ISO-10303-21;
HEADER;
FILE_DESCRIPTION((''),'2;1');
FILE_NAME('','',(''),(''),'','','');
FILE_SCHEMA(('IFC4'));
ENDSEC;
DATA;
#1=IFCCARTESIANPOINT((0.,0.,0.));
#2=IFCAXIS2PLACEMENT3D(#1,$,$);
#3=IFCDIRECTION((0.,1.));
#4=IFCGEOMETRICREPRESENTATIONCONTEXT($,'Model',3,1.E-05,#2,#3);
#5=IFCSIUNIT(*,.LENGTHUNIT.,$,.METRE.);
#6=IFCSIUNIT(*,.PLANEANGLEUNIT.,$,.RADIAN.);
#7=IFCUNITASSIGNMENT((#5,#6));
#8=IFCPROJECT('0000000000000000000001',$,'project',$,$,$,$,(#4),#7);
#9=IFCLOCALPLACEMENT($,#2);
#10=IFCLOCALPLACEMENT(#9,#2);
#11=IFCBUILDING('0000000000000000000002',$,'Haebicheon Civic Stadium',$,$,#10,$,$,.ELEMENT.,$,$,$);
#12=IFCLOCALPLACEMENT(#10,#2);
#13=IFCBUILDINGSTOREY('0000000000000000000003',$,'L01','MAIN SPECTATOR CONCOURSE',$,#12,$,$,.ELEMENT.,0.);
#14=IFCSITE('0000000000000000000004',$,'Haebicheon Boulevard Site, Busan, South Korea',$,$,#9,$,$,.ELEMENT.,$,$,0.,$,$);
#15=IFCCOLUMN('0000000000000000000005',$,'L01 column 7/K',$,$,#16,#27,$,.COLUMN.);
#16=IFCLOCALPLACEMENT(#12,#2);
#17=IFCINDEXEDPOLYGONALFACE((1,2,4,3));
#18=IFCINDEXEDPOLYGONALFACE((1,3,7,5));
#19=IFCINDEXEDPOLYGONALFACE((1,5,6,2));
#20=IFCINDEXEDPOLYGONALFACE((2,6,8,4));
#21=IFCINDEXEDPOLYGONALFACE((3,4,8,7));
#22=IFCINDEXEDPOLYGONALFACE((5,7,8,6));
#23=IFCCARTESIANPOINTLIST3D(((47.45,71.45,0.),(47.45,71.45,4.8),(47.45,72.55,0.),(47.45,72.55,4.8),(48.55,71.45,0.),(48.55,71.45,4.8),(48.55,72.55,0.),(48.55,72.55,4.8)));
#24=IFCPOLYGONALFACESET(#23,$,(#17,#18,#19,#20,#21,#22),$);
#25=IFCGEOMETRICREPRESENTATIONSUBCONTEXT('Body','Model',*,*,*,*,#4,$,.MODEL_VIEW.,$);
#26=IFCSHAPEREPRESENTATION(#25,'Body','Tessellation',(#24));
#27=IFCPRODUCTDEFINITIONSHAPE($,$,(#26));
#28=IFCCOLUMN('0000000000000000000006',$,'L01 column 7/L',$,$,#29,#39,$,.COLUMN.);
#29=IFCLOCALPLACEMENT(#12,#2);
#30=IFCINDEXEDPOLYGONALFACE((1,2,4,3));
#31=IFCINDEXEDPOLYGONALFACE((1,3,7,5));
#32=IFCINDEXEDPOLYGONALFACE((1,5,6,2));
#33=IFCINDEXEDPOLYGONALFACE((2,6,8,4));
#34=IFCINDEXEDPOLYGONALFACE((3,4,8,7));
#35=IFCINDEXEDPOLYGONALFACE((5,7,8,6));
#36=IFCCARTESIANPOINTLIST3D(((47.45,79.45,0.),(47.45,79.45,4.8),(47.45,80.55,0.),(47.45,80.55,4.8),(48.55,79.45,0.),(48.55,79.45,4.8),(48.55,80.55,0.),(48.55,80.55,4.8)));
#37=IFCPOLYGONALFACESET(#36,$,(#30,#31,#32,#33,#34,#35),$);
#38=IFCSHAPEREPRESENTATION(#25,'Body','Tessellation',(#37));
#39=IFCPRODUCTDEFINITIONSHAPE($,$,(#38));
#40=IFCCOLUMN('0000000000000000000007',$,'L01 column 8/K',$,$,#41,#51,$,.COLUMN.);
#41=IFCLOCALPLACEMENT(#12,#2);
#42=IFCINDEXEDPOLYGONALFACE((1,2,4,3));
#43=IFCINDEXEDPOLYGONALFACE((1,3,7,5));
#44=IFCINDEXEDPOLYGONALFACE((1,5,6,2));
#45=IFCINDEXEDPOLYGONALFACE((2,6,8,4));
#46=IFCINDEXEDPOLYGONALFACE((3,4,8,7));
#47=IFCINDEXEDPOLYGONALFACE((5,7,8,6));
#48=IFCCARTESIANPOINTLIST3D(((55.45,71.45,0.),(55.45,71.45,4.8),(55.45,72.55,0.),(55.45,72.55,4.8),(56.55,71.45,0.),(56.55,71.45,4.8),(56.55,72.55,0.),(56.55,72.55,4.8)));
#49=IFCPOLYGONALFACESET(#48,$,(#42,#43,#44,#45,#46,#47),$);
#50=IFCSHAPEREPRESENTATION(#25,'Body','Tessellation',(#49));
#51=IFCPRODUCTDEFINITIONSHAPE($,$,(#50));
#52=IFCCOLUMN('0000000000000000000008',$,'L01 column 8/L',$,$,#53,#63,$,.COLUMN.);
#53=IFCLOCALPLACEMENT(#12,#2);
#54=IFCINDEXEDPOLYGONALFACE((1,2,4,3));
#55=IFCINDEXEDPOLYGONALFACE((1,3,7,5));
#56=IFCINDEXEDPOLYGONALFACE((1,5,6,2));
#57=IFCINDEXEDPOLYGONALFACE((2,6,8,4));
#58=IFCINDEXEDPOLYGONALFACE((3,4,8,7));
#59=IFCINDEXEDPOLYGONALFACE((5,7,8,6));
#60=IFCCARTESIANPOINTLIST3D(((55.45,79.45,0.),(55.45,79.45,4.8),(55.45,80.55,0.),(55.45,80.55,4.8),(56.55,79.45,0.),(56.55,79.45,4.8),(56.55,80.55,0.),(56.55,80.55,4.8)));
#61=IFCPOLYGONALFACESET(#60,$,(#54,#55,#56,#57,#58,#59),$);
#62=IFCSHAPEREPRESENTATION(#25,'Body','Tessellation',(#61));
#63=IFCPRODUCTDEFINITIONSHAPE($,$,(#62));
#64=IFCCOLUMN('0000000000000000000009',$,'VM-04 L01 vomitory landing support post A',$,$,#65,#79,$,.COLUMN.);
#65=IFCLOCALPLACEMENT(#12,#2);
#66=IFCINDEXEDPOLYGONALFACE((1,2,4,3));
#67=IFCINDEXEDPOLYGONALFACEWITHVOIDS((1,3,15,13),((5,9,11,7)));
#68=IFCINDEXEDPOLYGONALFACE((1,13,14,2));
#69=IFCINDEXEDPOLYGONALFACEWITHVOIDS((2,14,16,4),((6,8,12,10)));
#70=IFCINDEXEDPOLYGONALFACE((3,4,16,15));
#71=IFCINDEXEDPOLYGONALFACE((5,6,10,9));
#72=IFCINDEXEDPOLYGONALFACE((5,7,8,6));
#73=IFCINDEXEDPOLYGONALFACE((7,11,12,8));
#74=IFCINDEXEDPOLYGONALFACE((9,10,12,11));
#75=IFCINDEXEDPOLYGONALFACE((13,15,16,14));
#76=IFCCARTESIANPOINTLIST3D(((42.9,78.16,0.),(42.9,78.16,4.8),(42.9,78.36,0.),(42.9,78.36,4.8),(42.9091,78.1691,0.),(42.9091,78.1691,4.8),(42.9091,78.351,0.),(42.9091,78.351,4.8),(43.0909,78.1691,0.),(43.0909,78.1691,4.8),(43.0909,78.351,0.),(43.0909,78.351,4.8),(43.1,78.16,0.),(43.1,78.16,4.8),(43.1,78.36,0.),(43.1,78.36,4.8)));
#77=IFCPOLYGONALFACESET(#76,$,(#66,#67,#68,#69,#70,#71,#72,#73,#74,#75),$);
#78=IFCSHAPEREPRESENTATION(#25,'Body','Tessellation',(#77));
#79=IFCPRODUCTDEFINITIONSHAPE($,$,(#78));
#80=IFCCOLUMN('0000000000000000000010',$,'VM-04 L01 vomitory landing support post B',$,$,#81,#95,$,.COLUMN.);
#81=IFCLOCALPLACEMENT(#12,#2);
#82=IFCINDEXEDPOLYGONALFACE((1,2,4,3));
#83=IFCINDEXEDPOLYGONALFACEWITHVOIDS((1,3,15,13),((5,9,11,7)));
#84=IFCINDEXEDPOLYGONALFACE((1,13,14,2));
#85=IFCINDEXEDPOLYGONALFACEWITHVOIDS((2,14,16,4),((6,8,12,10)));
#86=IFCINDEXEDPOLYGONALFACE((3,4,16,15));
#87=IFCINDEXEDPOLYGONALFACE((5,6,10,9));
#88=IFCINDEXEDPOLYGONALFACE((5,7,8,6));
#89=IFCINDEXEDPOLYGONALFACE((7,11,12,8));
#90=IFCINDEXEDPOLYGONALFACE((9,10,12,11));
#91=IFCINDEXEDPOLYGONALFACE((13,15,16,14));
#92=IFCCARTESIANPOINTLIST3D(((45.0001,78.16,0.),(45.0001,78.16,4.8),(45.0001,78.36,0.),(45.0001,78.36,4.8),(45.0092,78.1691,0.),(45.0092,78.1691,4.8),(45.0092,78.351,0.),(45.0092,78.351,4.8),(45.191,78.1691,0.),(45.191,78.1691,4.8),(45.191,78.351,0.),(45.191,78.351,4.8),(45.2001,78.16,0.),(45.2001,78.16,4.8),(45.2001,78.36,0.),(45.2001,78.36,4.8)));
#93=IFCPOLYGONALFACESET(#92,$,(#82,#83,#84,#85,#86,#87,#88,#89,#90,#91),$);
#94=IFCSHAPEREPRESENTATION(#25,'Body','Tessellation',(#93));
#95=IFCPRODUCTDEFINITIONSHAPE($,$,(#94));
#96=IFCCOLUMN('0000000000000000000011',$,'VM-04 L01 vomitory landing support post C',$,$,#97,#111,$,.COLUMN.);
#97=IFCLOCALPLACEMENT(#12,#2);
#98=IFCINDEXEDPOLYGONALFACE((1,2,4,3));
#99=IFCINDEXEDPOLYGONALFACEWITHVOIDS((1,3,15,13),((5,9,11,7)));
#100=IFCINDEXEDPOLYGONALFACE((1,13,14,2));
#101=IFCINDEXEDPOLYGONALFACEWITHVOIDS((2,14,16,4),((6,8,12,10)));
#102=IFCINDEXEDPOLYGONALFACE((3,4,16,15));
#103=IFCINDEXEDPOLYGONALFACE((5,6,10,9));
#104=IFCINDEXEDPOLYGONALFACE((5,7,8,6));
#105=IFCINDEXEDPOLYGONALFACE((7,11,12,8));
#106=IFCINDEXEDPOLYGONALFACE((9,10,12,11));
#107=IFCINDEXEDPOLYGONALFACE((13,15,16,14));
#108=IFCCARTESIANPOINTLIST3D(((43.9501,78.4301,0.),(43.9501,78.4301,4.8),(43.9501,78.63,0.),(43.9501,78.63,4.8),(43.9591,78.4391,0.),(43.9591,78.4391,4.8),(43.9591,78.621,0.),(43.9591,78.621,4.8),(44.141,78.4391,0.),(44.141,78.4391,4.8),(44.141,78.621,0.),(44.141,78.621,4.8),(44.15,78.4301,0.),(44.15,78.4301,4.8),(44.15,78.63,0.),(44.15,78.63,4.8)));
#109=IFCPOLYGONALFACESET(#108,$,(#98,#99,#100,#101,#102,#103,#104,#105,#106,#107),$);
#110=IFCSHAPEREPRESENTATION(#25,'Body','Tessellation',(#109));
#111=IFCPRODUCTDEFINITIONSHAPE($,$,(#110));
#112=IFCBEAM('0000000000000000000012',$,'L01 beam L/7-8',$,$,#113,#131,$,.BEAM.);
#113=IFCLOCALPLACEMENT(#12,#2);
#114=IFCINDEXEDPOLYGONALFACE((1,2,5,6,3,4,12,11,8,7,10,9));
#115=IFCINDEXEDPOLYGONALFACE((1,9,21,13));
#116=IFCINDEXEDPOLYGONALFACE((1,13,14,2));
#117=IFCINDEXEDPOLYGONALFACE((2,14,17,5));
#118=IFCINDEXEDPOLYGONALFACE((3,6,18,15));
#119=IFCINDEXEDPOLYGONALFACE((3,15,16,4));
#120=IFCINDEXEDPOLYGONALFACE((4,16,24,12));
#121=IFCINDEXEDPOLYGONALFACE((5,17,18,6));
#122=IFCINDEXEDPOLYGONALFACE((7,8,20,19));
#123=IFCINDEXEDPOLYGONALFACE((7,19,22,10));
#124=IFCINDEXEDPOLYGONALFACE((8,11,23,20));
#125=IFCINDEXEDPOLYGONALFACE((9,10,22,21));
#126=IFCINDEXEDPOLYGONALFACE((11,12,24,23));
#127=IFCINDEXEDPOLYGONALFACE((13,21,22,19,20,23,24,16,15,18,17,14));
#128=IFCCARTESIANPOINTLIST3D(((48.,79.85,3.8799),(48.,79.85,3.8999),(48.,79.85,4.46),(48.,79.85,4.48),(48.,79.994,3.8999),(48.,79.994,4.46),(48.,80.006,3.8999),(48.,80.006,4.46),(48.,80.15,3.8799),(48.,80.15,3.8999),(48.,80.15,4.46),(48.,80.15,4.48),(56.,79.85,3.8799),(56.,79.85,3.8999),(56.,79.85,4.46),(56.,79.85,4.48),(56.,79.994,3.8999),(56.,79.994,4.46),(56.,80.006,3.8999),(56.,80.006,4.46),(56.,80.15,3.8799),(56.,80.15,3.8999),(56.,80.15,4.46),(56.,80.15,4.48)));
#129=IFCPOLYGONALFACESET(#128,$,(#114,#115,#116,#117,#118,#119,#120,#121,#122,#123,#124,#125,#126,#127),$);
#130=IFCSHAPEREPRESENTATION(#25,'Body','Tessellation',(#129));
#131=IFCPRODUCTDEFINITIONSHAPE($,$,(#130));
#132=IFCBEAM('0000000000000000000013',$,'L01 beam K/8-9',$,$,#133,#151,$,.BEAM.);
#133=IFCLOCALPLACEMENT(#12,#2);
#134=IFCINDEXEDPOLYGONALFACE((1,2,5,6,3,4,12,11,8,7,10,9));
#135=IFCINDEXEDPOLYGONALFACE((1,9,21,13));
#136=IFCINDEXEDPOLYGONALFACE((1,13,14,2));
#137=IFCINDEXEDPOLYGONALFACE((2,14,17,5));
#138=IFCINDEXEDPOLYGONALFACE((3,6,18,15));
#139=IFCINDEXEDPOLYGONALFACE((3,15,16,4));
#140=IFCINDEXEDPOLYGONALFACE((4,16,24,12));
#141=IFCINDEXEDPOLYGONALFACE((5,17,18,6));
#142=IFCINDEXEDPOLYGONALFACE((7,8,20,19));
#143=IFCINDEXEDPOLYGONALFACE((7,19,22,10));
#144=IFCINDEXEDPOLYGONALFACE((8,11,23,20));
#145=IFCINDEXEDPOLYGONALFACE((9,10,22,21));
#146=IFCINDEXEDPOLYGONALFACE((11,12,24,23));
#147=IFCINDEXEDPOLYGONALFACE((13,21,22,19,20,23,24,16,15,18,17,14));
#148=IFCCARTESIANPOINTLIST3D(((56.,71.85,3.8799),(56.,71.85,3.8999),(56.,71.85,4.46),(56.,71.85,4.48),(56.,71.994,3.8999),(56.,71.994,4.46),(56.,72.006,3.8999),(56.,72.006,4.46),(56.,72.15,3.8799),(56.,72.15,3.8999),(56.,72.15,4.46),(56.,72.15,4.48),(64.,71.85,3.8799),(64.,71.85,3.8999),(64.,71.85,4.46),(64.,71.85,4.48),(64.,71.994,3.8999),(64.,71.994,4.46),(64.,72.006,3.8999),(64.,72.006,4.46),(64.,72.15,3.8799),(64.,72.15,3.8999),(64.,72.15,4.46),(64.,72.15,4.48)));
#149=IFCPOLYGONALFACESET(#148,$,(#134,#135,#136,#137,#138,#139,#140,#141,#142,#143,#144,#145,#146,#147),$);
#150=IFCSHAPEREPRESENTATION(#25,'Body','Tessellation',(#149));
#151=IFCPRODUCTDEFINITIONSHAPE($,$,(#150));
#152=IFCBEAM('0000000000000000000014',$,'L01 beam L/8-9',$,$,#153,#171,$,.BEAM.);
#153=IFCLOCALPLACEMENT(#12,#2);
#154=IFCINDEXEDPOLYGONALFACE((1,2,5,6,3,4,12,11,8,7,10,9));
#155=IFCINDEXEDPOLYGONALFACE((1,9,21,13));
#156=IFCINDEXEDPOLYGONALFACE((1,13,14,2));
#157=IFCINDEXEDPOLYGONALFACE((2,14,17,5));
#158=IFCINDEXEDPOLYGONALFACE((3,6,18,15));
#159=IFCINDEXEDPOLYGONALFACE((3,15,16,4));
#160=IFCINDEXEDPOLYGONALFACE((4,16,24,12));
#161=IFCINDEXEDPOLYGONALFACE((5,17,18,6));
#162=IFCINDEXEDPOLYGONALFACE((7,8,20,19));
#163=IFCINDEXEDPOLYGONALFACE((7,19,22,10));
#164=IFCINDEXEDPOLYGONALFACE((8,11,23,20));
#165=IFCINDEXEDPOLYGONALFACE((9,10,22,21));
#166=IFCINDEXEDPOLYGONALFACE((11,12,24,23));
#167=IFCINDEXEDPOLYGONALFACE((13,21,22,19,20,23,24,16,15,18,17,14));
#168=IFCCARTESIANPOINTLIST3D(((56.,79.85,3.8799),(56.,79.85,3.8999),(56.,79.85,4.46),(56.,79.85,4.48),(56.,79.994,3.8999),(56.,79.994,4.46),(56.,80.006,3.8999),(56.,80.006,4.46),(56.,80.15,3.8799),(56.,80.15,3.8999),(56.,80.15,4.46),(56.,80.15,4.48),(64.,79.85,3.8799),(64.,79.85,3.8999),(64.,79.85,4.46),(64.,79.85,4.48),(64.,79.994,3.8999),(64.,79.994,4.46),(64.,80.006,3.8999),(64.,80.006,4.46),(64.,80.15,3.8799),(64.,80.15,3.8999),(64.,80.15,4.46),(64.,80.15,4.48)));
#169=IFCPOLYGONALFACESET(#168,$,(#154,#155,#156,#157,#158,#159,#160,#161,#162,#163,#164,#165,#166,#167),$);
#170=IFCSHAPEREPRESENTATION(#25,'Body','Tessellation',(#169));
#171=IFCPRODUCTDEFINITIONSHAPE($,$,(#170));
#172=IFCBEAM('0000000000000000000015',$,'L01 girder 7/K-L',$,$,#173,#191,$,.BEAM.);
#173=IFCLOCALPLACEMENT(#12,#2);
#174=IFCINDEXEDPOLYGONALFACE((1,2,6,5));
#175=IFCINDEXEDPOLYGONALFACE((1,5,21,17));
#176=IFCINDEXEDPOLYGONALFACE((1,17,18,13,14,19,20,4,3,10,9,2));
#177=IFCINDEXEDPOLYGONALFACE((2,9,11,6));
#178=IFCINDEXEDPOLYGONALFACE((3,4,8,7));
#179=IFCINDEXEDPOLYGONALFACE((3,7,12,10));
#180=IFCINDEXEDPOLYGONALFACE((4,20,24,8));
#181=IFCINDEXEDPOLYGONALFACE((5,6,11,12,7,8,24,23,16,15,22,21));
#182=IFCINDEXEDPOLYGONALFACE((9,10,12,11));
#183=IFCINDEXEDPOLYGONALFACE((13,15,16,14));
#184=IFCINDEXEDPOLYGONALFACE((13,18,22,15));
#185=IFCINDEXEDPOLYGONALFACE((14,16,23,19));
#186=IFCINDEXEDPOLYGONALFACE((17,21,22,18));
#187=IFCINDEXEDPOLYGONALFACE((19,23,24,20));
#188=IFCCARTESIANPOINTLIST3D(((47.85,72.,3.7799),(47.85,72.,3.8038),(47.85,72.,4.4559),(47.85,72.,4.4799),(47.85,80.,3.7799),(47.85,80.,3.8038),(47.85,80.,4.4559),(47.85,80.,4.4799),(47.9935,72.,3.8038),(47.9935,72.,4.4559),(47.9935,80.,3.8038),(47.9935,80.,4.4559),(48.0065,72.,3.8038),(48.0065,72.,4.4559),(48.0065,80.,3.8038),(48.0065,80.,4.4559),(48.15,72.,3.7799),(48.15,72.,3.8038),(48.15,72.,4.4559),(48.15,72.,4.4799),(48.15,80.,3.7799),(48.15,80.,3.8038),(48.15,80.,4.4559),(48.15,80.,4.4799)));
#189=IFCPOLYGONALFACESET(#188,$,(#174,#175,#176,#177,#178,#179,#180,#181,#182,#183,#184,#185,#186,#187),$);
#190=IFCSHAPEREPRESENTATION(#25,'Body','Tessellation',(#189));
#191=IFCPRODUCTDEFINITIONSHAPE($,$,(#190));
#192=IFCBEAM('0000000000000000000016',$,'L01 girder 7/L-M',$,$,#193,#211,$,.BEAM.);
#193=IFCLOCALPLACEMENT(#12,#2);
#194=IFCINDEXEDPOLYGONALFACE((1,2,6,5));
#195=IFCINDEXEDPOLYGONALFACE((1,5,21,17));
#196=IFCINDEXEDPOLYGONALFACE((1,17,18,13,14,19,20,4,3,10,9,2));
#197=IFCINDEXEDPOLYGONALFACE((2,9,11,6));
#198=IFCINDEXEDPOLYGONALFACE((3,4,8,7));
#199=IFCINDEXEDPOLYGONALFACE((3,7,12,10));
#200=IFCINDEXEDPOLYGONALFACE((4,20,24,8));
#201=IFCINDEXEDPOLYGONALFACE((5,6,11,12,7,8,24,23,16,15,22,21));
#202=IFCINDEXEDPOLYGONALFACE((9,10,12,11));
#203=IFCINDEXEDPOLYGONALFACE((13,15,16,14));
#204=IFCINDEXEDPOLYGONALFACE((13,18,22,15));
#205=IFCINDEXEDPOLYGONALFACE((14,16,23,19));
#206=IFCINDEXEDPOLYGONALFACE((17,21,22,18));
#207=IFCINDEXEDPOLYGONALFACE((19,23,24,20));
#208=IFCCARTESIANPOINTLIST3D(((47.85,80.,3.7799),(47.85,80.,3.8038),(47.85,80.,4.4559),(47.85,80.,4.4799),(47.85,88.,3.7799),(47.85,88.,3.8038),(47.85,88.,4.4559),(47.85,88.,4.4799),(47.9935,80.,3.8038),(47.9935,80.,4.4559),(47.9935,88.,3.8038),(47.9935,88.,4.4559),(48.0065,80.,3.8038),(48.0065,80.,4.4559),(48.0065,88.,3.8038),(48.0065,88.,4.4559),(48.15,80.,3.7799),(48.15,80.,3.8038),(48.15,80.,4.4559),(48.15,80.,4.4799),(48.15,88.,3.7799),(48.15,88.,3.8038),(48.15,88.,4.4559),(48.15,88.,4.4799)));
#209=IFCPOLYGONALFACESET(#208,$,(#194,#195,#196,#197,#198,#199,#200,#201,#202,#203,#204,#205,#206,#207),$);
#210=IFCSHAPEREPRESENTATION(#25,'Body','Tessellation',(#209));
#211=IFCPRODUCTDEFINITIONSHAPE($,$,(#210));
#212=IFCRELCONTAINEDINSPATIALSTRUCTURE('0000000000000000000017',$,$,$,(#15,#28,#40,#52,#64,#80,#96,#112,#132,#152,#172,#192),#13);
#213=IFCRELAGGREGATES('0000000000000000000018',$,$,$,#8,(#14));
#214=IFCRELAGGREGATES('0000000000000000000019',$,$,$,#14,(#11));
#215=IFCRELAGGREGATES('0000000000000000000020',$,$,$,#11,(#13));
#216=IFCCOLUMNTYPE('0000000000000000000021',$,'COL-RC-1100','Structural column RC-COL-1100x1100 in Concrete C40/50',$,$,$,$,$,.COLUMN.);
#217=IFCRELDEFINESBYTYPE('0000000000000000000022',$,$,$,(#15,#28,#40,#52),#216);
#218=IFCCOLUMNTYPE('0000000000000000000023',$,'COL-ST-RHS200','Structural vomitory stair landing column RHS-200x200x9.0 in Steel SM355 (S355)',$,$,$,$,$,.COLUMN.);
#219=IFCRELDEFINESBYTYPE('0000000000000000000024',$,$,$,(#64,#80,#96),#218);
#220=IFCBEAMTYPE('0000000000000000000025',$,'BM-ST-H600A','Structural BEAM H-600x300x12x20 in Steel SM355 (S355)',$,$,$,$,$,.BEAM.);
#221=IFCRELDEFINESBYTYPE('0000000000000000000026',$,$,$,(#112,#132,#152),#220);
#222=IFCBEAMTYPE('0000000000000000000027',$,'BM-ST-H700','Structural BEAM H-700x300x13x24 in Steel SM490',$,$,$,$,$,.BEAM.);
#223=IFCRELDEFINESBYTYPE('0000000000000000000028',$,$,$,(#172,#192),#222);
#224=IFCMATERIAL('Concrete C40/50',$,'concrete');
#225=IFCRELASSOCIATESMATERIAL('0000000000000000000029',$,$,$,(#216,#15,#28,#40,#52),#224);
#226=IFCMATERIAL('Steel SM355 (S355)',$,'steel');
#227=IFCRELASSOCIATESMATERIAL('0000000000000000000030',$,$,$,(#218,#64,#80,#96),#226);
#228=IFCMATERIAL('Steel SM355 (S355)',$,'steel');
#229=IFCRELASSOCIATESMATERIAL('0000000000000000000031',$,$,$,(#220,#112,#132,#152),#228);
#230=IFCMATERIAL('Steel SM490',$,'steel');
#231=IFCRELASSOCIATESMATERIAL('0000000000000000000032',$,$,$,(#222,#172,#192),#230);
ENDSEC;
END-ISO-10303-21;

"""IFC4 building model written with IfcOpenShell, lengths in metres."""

from ifc_helpers import new_model, si_unit, direction, frame, origin, origin_2d, place, context, subcontext, project, spatial, rectangle, hollow_rectangle, i_section, extrude, material, material_profile, profile_set, type_object, element, save


model = new_model("IFC4")

# Units and contexts
model_context = context("Model", 3, precision=1e-05, world=origin(), true_north=direction((0.0, 1.0)))
body_context = subcontext(model_context, "Body", "Model", "MODEL_VIEW")
ifc_project = project(units=[si_unit("LENGTHUNIT", "METRE"), si_unit("PLANEANGLEUNIT", "RADIAN")], contexts=[model_context])

# Site, building, storey
site_placement = place(None, origin())
site = spatial("IfcSite", under=ifc_project, at=site_placement, Name="Haebicheon Boulevard Site, Busan, South Korea", CompositionType="ELEMENT", RefElevation=0.0)
building_placement = place(site_placement, origin())
building = spatial("IfcBuilding", under=site, at=building_placement, Name="Haebicheon Civic Stadium", CompositionType="ELEMENT")
storey_placement = place(building_placement, origin())
storey = spatial("IfcBuildingStorey", under=building, at=storey_placement, Name="L01", Description="MAIN SPECTATOR CONCOURSE", CompositionType="ELEMENT", Elevation=0.0)

# Columns
ifc_material_1 = material(Name="Concrete C40/50", Category="concrete")
ifc_material_profile_1 = material_profile(ifc_material_1, rectangle(XDim=1.1001, YDim=1.1001, at=origin_2d()), Name="RC-COL-1100x1100")
ifc_profile_set_1 = profile_set([ifc_material_profile_1], Name="Concrete C40/50")
column_type_1 = type_object("IfcColumnType", Name="COL-RC-1100", Description="Structural column RC-COL-1100x1100 in Concrete C40/50", PredefinedType="COLUMN", material=ifc_profile_set_1)
for number, where, z_axis, x_axis, name in (
    (1, (48.0, 72.0, 0.0), (0.0, 0.0, 1.0), (1.0, 0.0, 0.0), "L01 column 7/K"),
    (2, (48.0, 80.0, 0.0), (0.0, 0.0, 1.0), (1.0, 0.0, 0.0), "L01 column 7/L"),
    (3, (56.0, 72.0, 0.0), (0.0, 0.0, 1.0), (1.0, 0.0, 0.0), "L01 column 8/K"),
    (4, (56.0, 80.0, 0.0), (0.0, 0.0, 1.0), (1.0, 0.0, 0.0), "L01 column 8/L"),
):
    element("IfcColumn", number, at=place(storey_placement, frame(where, z_axis=z_axis, x_axis=x_axis)), inside=storey, type_object=column_type_1, material=ifc_profile_set_1, Name=name, PredefinedType="COLUMN", context=body_context, shape_type="SweptSolid", body=[
        extrude(rectangle(XDim=1.1001, YDim=1.1001, at=origin_2d()), origin(), (0.0, 0.0, 1.0), 4.8),
    ])
ifc_material_2 = material(Name="Steel SM355 (S355)", Category="steel")
ifc_material_profile_2 = material_profile(ifc_material_2, hollow_rectangle(XDim=0.2, YDim=0.2, WallThickness=0.009, at=origin_2d()), Name="RHS-200x200x9.0")
ifc_profile_set_2 = profile_set([ifc_material_profile_2], Name="Steel SM355 (S355)")
column_type_2 = type_object("IfcColumnType", Name="COL-ST-RHS200", Description="Structural vomitory stair landing column RHS-200x200x9.0 in Steel SM355 (S355)", PredefinedType="COLUMN", material=ifc_profile_set_2)
for number, where, z_axis, x_axis, name in (
    (5, (43.0, 78.26, 0.0), (0.0, 0.0, 1.0), (1.0, 0.0, 0.0), "VM-04 L01 vomitory landing support post A"),
    (6, (45.1001, 78.26, 0.0), (0.0, 0.0, 1.0), (1.0, 0.0, 0.0), "VM-04 L01 vomitory landing support post B"),
    (7, (44.05, 78.53, 0.0), (0.0, 0.0, 1.0), (1.0, 0.0, 0.0), "VM-04 L01 vomitory landing support post C"),
):
    element("IfcColumn", number, at=place(storey_placement, frame(where, z_axis=z_axis, x_axis=x_axis)), inside=storey, type_object=column_type_2, material=ifc_profile_set_2, Name=name, PredefinedType="COLUMN", context=body_context, shape_type="SweptSolid", body=[
        extrude(hollow_rectangle(XDim=0.2, YDim=0.2, WallThickness=0.009, at=origin_2d()), origin(), (0.0, 0.0, 1.0), 4.8),
    ])

# Beams
ifc_material_3 = material(Name="Steel SM355 (S355)", Category="steel")
ifc_material_profile_3 = material_profile(ifc_material_3, i_section(OverallWidth=0.3, OverallDepth=0.6001, WebThickness=0.012, FlangeThickness=0.02, at=origin_2d()), Name="H-600x300x12x20")
ifc_profile_set_3 = profile_set([ifc_material_profile_3], Name="Steel SM355 (S355)")
beam_type_1 = type_object("IfcBeamType", Name="BM-ST-H600A", Description="Structural BEAM H-600x300x12x20 in Steel SM355 (S355)", PredefinedType="BEAM", material=ifc_profile_set_3)
for number, where, z_axis, x_axis, name in (
    (8, (48.0, 80.0, 4.1799), (1.0, 0.0, 0.0), (0.0, 1.0, 0.0), "L01 beam L/7-8"),
    (9, (56.0, 72.0, 4.1799), (1.0, 0.0, 0.0), (0.0, 1.0, 0.0), "L01 beam K/8-9"),
    (10, (56.0, 80.0, 4.1799), (1.0, 0.0, 0.0), (0.0, 1.0, 0.0), "L01 beam L/8-9"),
):
    element("IfcBeam", number, at=place(storey_placement, frame(where, z_axis=z_axis, x_axis=x_axis)), inside=storey, type_object=beam_type_1, material=ifc_profile_set_3, Name=name, PredefinedType="BEAM", context=body_context, shape_type="SweptSolid", body=[
        extrude(i_section(OverallWidth=0.3, OverallDepth=0.6001, WebThickness=0.012, FlangeThickness=0.02, at=origin_2d()), origin(), (0.0, 0.0, 1.0), 8.0),
    ])
ifc_material_4 = material(Name="Steel SM490", Category="steel")
ifc_material_profile_4 = material_profile(ifc_material_4, i_section(OverallWidth=0.3, OverallDepth=0.7, WebThickness=0.0129, FlangeThickness=0.0239, at=origin_2d()), Name="H-700x300x13x24")
ifc_profile_set_4 = profile_set([ifc_material_profile_4], Name="Steel SM490")
beam_type_2 = type_object("IfcBeamType", Name="BM-ST-H700", Description="Structural BEAM H-700x300x13x24 in Steel SM490", PredefinedType="BEAM", material=ifc_profile_set_4)
for number, where, z_axis, x_axis, name in (
    (11, (48.0, 72.0, 4.1299), (0.0, 1.0, 0.0), (-1.0, 0.0, 0.0), "L01 girder 7/K-L"),
    (12, (48.0, 80.0, 4.1299), (0.0, 1.0, 0.0), (-1.0, 0.0, 0.0), "L01 girder 7/L-M"),
):
    element("IfcBeam", number, at=place(storey_placement, frame(where, z_axis=z_axis, x_axis=x_axis)), inside=storey, type_object=beam_type_2, material=ifc_profile_set_4, Name=name, PredefinedType="BEAM", context=body_context, shape_type="SweptSolid", body=[
        extrude(i_section(OverallWidth=0.3, OverallDepth=0.7, WebThickness=0.0129, FlangeThickness=0.0239, at=origin_2d()), origin(), (0.0, 0.0, 1.0), 8.0),
    ])

save(model, "model.ifc")
